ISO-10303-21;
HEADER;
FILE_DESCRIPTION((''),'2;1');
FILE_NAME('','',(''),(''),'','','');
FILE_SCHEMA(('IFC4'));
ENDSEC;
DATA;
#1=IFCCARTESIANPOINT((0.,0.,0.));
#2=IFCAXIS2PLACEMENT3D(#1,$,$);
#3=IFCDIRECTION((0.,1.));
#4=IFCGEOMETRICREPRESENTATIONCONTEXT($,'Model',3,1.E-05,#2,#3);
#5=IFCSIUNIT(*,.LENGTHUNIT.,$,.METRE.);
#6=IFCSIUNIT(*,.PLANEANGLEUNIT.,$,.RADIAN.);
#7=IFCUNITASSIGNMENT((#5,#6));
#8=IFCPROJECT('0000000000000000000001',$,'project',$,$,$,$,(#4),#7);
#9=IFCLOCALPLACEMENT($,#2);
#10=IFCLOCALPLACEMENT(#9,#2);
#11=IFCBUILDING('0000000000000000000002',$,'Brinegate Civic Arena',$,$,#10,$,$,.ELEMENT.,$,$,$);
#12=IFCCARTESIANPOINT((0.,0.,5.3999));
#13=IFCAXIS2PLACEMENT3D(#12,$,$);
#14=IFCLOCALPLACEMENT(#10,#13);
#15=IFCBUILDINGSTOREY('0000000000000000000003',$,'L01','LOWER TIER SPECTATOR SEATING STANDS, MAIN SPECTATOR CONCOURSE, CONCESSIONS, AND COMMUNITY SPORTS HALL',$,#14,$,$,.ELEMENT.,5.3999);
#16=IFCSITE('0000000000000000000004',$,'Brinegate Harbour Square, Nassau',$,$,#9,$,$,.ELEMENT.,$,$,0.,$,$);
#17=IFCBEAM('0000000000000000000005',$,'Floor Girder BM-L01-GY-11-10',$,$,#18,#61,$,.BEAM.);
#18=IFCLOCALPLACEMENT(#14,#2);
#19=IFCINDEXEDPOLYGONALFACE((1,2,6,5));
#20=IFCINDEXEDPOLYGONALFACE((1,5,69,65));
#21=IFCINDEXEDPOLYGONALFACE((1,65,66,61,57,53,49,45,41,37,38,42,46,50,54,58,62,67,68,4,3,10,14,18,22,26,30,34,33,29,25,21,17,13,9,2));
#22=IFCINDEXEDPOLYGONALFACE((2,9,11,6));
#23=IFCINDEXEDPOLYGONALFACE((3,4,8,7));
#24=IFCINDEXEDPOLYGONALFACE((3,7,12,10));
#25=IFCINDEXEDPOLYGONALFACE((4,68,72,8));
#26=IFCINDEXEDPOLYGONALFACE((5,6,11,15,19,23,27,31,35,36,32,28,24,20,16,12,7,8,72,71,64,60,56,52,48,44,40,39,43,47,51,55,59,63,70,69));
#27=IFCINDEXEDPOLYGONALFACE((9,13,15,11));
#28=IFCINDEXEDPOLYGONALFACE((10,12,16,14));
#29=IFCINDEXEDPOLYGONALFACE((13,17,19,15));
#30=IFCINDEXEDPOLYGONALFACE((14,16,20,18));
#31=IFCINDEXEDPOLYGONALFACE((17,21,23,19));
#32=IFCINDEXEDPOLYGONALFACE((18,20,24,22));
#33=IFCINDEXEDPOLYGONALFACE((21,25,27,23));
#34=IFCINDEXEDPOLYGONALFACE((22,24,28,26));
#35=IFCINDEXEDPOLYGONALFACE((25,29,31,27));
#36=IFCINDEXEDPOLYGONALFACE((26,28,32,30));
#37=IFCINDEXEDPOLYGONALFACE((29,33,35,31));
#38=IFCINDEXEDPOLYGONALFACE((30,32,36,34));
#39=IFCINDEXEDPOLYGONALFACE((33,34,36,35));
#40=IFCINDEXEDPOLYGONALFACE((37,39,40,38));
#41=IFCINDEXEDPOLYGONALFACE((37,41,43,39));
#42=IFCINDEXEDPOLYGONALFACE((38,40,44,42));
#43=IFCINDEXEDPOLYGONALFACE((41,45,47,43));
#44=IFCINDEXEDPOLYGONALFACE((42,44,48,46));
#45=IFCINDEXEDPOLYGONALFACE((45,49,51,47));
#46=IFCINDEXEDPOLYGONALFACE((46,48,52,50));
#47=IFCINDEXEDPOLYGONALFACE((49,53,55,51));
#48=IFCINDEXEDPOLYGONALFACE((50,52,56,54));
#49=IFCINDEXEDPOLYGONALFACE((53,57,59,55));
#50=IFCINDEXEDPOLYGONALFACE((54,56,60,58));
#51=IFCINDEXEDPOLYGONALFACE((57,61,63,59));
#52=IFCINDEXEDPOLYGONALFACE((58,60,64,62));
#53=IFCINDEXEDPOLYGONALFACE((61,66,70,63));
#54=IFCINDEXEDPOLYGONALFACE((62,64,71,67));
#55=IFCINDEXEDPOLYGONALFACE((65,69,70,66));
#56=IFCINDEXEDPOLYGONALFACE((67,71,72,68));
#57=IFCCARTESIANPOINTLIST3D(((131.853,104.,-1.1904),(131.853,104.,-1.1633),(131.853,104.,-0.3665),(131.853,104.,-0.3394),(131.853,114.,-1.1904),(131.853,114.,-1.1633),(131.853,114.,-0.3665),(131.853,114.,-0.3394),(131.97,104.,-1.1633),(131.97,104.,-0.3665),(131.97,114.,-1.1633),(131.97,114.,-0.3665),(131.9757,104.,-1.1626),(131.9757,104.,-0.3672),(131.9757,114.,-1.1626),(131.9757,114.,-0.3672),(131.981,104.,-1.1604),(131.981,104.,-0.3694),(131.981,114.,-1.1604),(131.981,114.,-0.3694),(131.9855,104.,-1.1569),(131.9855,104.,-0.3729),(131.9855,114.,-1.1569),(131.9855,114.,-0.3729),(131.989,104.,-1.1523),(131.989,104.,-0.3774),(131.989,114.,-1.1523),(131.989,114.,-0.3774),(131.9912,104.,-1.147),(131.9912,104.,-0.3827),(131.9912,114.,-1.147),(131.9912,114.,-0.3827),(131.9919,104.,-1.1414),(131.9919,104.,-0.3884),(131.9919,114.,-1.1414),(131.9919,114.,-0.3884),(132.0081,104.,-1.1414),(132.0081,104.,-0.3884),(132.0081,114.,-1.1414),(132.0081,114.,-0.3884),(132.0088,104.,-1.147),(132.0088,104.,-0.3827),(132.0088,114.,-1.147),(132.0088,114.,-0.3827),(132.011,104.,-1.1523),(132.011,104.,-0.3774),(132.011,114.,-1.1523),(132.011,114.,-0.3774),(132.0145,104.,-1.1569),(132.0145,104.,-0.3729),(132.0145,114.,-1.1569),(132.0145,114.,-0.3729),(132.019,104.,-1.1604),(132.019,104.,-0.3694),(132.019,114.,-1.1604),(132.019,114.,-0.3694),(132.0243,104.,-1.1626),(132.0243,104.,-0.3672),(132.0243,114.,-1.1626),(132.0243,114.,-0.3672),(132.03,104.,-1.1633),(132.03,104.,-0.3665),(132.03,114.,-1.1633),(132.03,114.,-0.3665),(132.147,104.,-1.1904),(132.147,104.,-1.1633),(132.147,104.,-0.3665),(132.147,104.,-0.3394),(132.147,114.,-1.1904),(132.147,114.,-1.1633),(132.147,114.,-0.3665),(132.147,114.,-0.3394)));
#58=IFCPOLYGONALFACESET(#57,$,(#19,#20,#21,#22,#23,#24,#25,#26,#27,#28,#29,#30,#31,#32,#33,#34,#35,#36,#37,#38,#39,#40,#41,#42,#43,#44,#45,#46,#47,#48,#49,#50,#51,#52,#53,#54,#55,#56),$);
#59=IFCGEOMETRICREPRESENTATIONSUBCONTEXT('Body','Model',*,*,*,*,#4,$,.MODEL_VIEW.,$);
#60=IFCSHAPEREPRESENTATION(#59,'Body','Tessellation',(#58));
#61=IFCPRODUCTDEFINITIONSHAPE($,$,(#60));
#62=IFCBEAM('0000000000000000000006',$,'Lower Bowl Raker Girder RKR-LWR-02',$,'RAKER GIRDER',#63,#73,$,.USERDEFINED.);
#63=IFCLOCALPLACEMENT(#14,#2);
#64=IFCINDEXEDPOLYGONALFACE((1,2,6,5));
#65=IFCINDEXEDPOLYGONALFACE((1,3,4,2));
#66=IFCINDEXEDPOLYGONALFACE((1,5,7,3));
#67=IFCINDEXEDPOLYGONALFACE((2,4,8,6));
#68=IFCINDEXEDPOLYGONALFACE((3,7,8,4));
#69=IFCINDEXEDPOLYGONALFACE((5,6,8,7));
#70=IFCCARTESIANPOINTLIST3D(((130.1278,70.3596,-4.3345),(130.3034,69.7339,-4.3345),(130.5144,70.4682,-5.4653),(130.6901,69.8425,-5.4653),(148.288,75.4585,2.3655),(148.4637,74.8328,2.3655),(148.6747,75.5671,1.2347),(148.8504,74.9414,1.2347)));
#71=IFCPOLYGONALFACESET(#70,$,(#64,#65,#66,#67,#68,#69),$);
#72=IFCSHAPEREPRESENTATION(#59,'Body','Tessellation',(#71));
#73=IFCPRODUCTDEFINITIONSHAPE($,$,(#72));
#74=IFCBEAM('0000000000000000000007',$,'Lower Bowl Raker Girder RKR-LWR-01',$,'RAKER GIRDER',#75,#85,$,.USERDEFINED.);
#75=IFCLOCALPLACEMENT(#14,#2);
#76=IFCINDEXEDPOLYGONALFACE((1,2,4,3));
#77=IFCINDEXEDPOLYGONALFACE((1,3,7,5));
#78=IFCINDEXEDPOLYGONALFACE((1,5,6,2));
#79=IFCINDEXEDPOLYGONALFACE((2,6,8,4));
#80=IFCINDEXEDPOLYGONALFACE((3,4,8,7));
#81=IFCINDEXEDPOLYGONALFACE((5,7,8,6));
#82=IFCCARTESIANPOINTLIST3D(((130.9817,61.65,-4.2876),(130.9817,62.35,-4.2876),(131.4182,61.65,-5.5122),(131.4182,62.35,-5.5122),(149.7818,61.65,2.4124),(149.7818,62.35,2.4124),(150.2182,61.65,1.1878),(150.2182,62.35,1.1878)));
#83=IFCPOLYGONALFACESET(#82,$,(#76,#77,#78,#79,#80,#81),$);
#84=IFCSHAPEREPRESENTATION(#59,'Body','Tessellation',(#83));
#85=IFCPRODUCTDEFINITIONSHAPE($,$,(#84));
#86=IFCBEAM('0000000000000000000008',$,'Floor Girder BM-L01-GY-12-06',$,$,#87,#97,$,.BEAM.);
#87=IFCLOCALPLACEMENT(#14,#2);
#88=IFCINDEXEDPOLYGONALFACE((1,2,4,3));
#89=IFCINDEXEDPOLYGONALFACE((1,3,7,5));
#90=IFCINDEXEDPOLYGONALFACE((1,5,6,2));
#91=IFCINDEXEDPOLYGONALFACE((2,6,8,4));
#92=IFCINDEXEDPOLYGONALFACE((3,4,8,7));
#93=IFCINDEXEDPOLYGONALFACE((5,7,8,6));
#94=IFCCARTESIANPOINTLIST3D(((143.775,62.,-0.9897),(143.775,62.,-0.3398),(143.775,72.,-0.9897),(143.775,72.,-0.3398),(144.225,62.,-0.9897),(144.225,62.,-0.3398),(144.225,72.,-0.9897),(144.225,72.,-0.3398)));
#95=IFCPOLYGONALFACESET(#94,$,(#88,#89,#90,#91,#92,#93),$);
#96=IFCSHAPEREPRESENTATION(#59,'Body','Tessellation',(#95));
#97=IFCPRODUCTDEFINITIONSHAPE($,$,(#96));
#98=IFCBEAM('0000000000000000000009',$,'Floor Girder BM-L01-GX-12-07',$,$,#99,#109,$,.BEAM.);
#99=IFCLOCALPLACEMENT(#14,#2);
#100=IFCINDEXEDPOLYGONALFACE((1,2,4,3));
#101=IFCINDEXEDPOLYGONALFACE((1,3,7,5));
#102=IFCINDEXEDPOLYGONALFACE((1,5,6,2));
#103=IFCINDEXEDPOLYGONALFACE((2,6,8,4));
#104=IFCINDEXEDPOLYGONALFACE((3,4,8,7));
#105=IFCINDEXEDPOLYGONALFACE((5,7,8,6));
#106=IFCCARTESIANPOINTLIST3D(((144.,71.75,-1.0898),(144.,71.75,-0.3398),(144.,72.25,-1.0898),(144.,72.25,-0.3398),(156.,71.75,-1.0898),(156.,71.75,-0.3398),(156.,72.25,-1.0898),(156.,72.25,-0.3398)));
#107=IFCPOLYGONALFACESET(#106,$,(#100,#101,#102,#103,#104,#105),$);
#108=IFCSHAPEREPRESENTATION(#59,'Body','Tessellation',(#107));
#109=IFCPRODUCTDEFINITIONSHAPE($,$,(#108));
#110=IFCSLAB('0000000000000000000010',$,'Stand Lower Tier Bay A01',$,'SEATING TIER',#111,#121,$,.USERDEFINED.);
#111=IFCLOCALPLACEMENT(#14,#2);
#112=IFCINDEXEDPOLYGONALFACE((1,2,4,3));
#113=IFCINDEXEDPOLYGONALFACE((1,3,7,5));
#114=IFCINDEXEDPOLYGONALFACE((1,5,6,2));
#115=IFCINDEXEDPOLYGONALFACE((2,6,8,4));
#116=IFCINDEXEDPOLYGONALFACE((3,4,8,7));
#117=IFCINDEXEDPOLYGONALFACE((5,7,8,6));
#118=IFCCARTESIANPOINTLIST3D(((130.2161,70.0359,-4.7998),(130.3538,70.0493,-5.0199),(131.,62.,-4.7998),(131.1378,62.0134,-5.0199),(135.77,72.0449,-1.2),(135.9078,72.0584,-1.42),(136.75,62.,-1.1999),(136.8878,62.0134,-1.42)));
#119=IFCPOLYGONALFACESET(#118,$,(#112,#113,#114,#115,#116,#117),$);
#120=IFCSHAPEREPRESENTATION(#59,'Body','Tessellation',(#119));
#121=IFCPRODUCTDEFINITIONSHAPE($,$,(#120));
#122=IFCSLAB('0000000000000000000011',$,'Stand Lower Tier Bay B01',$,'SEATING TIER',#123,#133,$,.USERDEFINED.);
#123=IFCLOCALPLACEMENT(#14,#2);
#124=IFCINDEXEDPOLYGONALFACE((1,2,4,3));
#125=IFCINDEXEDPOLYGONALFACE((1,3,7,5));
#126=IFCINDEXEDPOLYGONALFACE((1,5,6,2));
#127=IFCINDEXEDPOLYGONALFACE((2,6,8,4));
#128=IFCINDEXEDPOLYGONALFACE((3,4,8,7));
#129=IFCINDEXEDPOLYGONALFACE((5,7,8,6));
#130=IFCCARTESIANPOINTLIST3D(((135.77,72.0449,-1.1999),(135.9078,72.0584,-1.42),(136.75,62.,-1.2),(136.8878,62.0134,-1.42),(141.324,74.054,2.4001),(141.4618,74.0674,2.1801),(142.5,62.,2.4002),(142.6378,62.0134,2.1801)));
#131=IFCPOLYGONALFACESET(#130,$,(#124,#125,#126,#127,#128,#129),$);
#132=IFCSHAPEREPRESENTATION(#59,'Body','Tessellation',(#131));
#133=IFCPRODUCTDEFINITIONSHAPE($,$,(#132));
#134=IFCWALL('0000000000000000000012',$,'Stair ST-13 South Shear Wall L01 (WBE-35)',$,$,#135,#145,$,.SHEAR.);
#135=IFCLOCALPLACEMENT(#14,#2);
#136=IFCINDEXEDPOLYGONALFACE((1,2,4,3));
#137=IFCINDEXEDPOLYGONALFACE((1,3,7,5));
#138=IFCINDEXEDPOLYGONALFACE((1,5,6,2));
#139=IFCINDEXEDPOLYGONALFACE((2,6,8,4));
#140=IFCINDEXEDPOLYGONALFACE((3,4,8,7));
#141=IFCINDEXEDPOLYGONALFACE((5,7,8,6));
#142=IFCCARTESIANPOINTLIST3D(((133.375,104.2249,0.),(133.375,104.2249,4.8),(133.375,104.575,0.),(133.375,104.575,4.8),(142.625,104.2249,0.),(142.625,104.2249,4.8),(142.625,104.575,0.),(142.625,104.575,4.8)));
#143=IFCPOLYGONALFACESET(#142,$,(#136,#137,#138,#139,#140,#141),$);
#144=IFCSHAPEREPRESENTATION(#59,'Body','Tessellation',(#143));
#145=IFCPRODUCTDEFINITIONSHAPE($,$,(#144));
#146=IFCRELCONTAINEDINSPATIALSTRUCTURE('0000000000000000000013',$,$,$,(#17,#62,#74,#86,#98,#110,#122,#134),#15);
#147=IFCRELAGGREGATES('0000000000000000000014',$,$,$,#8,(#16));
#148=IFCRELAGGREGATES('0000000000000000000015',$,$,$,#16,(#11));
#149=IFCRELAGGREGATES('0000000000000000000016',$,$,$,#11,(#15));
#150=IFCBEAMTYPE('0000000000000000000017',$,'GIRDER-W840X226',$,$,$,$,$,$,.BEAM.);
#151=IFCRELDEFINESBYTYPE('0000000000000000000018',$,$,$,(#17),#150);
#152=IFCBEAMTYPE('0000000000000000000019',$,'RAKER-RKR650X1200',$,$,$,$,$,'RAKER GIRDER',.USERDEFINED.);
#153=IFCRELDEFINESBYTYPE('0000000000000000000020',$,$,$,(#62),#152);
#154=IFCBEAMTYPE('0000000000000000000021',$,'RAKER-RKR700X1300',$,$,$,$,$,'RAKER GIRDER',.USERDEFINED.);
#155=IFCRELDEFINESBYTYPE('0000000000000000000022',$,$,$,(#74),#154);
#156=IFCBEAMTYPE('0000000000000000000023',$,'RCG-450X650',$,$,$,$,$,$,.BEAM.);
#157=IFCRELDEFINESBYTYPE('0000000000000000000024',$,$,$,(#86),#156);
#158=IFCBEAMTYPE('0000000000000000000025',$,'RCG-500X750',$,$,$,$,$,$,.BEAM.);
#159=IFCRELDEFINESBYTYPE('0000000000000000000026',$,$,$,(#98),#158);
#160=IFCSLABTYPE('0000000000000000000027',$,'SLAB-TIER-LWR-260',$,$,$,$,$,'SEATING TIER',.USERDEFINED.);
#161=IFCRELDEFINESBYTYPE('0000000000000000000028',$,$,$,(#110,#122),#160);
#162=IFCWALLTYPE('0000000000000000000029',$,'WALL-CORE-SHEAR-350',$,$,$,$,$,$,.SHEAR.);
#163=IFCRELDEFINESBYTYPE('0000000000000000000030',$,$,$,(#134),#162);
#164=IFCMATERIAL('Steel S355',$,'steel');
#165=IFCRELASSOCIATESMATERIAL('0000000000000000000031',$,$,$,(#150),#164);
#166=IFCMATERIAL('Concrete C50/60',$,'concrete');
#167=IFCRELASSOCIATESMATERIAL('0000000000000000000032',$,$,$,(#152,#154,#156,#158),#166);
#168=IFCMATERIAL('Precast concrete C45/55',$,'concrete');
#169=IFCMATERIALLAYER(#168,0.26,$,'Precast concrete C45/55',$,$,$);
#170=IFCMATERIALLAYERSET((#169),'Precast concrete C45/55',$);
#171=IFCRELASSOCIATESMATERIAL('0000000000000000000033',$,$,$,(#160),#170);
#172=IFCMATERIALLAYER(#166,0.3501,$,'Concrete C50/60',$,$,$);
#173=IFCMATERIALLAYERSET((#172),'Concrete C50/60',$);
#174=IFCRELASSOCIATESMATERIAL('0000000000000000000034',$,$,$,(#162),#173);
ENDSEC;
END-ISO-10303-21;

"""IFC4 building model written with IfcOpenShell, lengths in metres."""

from ifc_helpers import new_model, si_unit, direction, frame, frame_2d, origin, origin_2d, place, context, subcontext, project, spatial, polyline, rectangle, i_section, outline, extrude, material, layer, layer_set, material_profile, profile_set, type_object, element, save


model = new_model("IFC4")

# Units and contexts
model_context = context("Model", 3, precision=1e-05, world=origin(), true_north=direction((0.0, 1.0)))
body_context = subcontext(model_context, "Body", "Model", "MODEL_VIEW")
ifc_project = project(units=[si_unit("LENGTHUNIT", "METRE"), si_unit("PLANEANGLEUNIT", "RADIAN")], contexts=[model_context])

# Site, building, storey
site_placement = place(None, origin())
site = spatial("IfcSite", under=ifc_project, at=site_placement, Name="Brinegate Harbour Square, Nassau", CompositionType="ELEMENT", RefElevation=0.0)
building_placement = place(site_placement, origin())
building = spatial("IfcBuilding", under=site, at=building_placement, Name="Brinegate Civic Arena", CompositionType="ELEMENT")
storey_placement = place(building_placement, frame((0.0, 0.0, 5.3999)))
storey = spatial("IfcBuildingStorey", under=building, at=storey_placement, Name="L01", Description="LOWER TIER SPECTATOR SEATING STANDS, MAIN SPECTATOR CONCOURSE, CONCESSIONS, AND COMMUNITY SPORTS HALL", CompositionType="ELEMENT", Elevation=5.3999)

# Shared definitions
ifc_material_1 = material(Name="Concrete C50/60", Category="concrete")

# Beams
ifc_material_2 = material(Name="Steel S355", Category="steel")
ifc_material_profile_1 = material_profile(ifc_material_2, i_section(OverallWidth=0.2939, OverallDepth=0.8511, WebThickness=0.0161, FlangeThickness=0.0271, FilletRadius=0.022, at=origin_2d()), Name="W840X226")
ifc_profile_set_1 = profile_set([ifc_material_profile_1], Name="Steel S355")
beam_type_1 = type_object("IfcBeamType", Name="GIRDER-W840X226", PredefinedType="BEAM", material=ifc_profile_set_1)
beam_1_placement = place(storey_placement, frame((132.0, 104.0, -0.7649), z_axis=(0.0, 1.0, 0.0), x_axis=(-1.0, 0.0, 0.0)))
element("IfcBeam", 1, at=beam_1_placement, inside=storey, type_object=beam_type_1, Name="Floor Girder BM-L01-GY-11-10", PredefinedType="BEAM", context=body_context, shape_type="SweptSolid", body=[
    extrude(i_section(OverallWidth=0.2939, OverallDepth=0.8511, WebThickness=0.0161, FlangeThickness=0.0271, FilletRadius=0.022, at=origin_2d()), origin(), (0.0, 0.0, 1.0), 10.0),
])
ifc_material_profile_2 = material_profile(ifc_material_1, rectangle(XDim=0.6499, YDim=1.2, at=origin_2d()), Name="RKR650X1200")
ifc_profile_set_2 = profile_set([ifc_material_profile_2], Name="Concrete C50/60")
beam_type_2 = type_object("IfcBeamType", Name="RAKER-RKR650X1200", ElementType="RAKER GIRDER", PredefinedType="USERDEFINED", material=ifc_profile_set_2)
beam_2_placement = place(storey_placement, frame((130.4089, 70.1011, -4.8999), z_axis=(0.907238, 0.254728, 0.334714), x_axis=(-0.27032, 0.962771, 0.0)))
element("IfcBeam", 2, at=beam_2_placement, inside=storey, type_object=beam_type_2, Name="Lower Bowl Raker Girder RKR-LWR-02", ObjectType="RAKER GIRDER", PredefinedType="USERDEFINED", context=body_context, shape_type="SweptSolid", body=[
    extrude(rectangle(XDim=0.6499, YDim=1.2, at=origin_2d()), origin(), (0.0, 0.0, 1.0), 20.0171),
])
ifc_material_profile_3 = material_profile(ifc_material_1, rectangle(XDim=0.7, YDim=1.3, at=origin_2d()), Name="RKR700X1300")
ifc_profile_set_3 = profile_set([ifc_material_profile_3], Name="Concrete C50/60")
beam_type_3 = type_object("IfcBeamType", Name="RAKER-RKR700X1300", ElementType="RAKER GIRDER", PredefinedType="USERDEFINED", material=ifc_profile_set_3)
beam_3_placement = place(storey_placement, frame((131.2, 62.0, -4.8999), z_axis=(0.941969, 0.0, 0.335699), x_axis=(0.0, 1.0, 0.0)))
element("IfcBeam", 3, at=beam_3_placement, inside=storey, type_object=beam_type_3, Name="Lower Bowl Raker Girder RKR-LWR-01", ObjectType="RAKER GIRDER", PredefinedType="USERDEFINED", context=body_context, shape_type="SweptSolid", body=[
    extrude(rectangle(XDim=0.7, YDim=1.3, at=origin_2d()), origin(), (0.0, 0.0, 1.0), 19.9583),
])
ifc_material_profile_4 = material_profile(ifc_material_1, rectangle(XDim=0.45, YDim=0.6499, at=origin_2d()), Name="RCB450X650")
ifc_profile_set_4 = profile_set([ifc_material_profile_4], Name="Concrete C50/60")
beam_type_4 = type_object("IfcBeamType", Name="RCG-450X650", PredefinedType="BEAM", material=ifc_profile_set_4)
beam_4_placement = place(storey_placement, frame((144.0, 62.0, -0.6648), z_axis=(0.0, 1.0, 0.0), x_axis=(-1.0, 0.0, 0.0)))
element("IfcBeam", 4, at=beam_4_placement, inside=storey, type_object=beam_type_4, Name="Floor Girder BM-L01-GY-12-06", PredefinedType="BEAM", context=body_context, shape_type="SweptSolid", body=[
    extrude(rectangle(XDim=0.45, YDim=0.6499, at=origin_2d()), origin(), (0.0, 0.0, 1.0), 10.0),
])
ifc_material_profile_5 = material_profile(ifc_material_1, rectangle(XDim=0.5, YDim=0.75, at=origin_2d()), Name="RCB500X750")
ifc_profile_set_5 = profile_set([ifc_material_profile_5], Name="Concrete C50/60")
beam_type_5 = type_object("IfcBeamType", Name="RCG-500X750", PredefinedType="BEAM", material=ifc_profile_set_5)
beam_5_placement = place(storey_placement, frame((144.0, 72.0, -0.7148), z_axis=(1.0, 0.0, 0.0), x_axis=(0.0, 1.0, 0.0)))
element("IfcBeam", 5, at=beam_5_placement, inside=storey, type_object=beam_type_5, Name="Floor Girder BM-L01-GX-12-07", PredefinedType="BEAM", context=body_context, shape_type="SweptSolid", body=[
    extrude(rectangle(XDim=0.5, YDim=0.75, at=origin_2d()), origin(), (0.0, 0.0, 1.0), 12.0),
])

# Slabs
ifc_material_3 = material(Name="Precast concrete C45/55", Category="concrete")
ifc_layer_1 = layer(ifc_material_3, 0.26, Name="Precast concrete C45/55")
ifc_layer_set_1 = layer_set([ifc_layer_1], Name="Precast concrete C45/55")
slab_type = type_object("IfcSlabType", Name="SLAB-TIER-LWR-260", ElementType="SEATING TIER", PredefinedType="USERDEFINED", material=ifc_layer_set_1)
slab_1_placement = place(storey_placement, frame((131.0, 62.0, -4.7998), z_axis=(-0.529938, -0.051699, 0.846459), x_axis=(-0.097094, 0.995275, 0.000001)))
element("IfcSlab", 6, at=slab_1_placement, inside=storey, type_object=slab_type, Name="Stand Lower Tier Bay A01", ObjectType="SEATING TIER", PredefinedType="USERDEFINED", context=body_context, shape_type="SweptSolid", body=[
    extrude(outline(polyline([(0.0, 0.0), (8.074, 0.0), (9.5343, -6.7609), (-0.5583, -6.7609), (0.0, 0.0)])), origin(), (0.0, 0.0, -1.0), 0.26),
])
slab_2_placement = place(storey_placement, frame((136.75, 62.0, -1.2), z_axis=(-0.529963, -0.051704, 0.846443), x_axis=(-0.097099, 0.995275, 0.000001)))
element("IfcSlab", 7, at=slab_2_placement, inside=storey, type_object=slab_type, Name="Stand Lower Tier Bay B01", ObjectType="SEATING TIER", PredefinedType="USERDEFINED", context=body_context, shape_type="SweptSolid", body=[
    extrude(outline(polyline([(0.0, 0.0), (10.0926, 0.0), (11.5529, -6.761), (-0.5583, -6.761), (0.0, 0.0)])), origin(), (0.0, 0.0, -1.0), 0.26),
])

# Wall
ifc_layer_2 = layer(ifc_material_1, 0.3501, Name="Concrete C50/60")
ifc_layer_set_2 = layer_set([ifc_layer_2], Name="Concrete C50/60")
wall_type = type_object("IfcWallType", Name="WALL-CORE-SHEAR-350", PredefinedType="SHEAR", material=ifc_layer_set_2)
wall_placement = place(storey_placement, frame((133.375, 104.3999, 0.0), z_axis=(0.0, 0.0, 1.0), x_axis=(1.0, 0.0, 0.0)))
element("IfcWall", 8, at=wall_placement, inside=storey, type_object=wall_type, Name="Stair ST-13 South Shear Wall L01 (WBE-35)", PredefinedType="SHEAR", context=body_context, shape_type="SweptSolid", body=[
    extrude(rectangle(XDim=9.25, YDim=0.3501, at=frame_2d((4.625, 0.0))), origin(), (0.0, 0.0, 1.0), 4.8),
])

save(model, "model.ifc")
